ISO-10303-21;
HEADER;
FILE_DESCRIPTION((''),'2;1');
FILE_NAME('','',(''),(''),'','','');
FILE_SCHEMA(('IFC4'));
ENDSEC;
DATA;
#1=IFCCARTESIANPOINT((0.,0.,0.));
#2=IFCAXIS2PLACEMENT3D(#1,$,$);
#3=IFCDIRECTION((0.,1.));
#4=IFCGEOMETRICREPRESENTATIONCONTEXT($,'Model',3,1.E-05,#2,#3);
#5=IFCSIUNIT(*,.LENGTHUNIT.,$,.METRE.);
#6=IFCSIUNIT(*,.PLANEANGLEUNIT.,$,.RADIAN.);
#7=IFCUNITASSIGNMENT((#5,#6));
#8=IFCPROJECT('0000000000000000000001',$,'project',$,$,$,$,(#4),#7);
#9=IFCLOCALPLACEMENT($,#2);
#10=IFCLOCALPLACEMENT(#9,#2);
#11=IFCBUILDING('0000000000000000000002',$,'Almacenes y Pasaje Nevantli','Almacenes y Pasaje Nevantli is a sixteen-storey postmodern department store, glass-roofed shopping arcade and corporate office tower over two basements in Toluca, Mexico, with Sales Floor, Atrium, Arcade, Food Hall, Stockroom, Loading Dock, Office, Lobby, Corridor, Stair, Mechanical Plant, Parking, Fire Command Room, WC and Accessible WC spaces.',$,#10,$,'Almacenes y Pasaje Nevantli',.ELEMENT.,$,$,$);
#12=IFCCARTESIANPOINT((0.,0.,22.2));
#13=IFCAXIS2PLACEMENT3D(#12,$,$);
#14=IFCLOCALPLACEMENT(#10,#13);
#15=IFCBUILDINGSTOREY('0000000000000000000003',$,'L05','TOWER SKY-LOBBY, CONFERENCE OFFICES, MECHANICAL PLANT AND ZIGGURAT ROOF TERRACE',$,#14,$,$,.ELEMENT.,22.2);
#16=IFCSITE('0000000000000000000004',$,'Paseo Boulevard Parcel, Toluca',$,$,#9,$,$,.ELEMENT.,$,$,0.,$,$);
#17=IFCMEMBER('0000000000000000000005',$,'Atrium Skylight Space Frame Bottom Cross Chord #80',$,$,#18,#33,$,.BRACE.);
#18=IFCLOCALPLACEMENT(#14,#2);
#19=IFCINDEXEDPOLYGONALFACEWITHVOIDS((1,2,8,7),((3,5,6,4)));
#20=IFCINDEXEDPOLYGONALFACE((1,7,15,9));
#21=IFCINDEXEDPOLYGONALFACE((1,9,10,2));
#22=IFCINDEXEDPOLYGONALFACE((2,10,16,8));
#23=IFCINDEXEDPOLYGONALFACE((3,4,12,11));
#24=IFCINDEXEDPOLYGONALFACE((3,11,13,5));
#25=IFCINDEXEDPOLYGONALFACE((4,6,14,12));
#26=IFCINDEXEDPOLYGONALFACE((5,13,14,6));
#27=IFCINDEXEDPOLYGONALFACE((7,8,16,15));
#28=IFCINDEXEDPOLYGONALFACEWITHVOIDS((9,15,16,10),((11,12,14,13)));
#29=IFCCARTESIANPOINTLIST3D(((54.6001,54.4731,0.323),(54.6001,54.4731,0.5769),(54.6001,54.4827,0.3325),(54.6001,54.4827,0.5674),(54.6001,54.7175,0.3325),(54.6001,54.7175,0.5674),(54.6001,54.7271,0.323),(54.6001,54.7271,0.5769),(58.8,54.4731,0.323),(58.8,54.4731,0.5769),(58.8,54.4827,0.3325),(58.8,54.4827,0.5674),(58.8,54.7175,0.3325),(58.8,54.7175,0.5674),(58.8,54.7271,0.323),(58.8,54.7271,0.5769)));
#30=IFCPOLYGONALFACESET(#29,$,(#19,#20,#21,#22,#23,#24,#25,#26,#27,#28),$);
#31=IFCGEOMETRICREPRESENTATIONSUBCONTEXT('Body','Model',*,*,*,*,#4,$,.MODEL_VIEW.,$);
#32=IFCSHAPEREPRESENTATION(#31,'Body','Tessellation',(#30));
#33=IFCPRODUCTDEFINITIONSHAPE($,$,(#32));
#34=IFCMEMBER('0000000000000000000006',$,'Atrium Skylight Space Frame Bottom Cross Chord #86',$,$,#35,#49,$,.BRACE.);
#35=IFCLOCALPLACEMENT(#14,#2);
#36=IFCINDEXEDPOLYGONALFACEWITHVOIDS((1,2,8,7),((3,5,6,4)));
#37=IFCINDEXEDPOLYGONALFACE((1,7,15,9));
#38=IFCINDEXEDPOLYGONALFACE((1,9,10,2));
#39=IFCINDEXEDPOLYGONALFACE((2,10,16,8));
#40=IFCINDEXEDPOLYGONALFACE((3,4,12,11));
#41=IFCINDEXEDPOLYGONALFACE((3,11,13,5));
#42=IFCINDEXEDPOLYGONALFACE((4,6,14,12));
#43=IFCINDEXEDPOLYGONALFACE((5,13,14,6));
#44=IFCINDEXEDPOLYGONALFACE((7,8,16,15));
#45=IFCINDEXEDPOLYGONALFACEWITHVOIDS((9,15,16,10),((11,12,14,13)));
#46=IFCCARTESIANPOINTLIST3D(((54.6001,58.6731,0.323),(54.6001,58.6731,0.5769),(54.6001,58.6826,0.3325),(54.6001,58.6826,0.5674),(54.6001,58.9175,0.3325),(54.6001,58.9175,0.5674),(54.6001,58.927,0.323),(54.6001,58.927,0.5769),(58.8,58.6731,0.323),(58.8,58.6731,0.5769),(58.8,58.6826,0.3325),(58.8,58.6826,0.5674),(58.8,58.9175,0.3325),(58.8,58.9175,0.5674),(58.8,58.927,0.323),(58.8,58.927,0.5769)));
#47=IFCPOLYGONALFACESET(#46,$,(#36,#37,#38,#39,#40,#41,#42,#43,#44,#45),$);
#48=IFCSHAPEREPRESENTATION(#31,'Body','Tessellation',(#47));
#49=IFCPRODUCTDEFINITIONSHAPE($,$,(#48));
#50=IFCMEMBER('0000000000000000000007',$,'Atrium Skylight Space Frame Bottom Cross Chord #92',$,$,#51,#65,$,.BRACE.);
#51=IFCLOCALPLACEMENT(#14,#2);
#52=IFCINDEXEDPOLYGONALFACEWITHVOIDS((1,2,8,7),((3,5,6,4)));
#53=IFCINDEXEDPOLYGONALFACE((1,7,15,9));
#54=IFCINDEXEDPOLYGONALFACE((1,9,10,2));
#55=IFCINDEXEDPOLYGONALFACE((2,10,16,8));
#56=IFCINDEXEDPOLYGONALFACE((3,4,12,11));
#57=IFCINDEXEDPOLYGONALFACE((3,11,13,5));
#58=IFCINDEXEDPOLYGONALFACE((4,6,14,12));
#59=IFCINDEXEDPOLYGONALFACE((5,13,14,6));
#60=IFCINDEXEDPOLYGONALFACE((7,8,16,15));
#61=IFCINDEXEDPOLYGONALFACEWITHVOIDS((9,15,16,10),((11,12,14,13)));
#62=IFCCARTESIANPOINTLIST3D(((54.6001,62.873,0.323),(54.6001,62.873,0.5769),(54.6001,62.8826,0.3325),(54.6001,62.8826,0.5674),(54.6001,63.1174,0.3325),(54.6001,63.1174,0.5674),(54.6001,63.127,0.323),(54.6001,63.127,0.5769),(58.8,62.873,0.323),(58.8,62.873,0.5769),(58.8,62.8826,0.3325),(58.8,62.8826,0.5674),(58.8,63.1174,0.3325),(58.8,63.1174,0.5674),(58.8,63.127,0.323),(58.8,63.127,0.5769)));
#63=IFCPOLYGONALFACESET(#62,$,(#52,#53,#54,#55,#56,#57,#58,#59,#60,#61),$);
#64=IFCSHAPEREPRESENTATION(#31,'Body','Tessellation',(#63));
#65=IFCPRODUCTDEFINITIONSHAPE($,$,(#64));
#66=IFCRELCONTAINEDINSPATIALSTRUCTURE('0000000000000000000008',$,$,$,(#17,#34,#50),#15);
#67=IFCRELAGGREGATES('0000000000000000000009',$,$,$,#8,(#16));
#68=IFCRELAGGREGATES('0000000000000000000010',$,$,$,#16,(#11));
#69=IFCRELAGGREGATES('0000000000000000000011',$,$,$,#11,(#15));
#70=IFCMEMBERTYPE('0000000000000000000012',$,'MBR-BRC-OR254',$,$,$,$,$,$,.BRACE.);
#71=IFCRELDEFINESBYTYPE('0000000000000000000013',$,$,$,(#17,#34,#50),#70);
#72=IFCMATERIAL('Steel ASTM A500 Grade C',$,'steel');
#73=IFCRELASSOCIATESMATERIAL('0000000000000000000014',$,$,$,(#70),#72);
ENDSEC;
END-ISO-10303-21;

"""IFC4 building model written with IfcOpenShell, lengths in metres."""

from ifc_helpers import new_model, si_unit, direction, frame, origin, origin_2d, place, context, subcontext, project, spatial, hollow_rectangle, extrude, material, material_profile, profile_set, type_object, element, save


model = new_model("IFC4")

# Units and contexts
model_context = context("Model", 3, precision=1e-05, world=origin(), true_north=direction((0.0, 1.0)))
body_context = subcontext(model_context, "Body", "Model", "MODEL_VIEW")
ifc_project = project(units=[si_unit("LENGTHUNIT", "METRE"), si_unit("PLANEANGLEUNIT", "RADIAN")], contexts=[model_context])

# Site, building, storey
site_placement = place(None, origin())
site = spatial("IfcSite", under=ifc_project, at=site_placement, Name="Paseo Boulevard Parcel, Toluca", CompositionType="ELEMENT", RefElevation=0.0)
building_placement = place(site_placement, origin())
building = spatial("IfcBuilding", under=site, at=building_placement, Name="Almacenes y Pasaje Nevantli", Description="Almacenes y Pasaje Nevantli is a sixteen-storey postmodern department store, glass-roofed shopping arcade and corporate office tower over two basements in Toluca, Mexico, with Sales Floor, Atrium, Arcade, Food Hall, Stockroom, Loading Dock, Office, Lobby, Corridor, Stair, Mechanical Plant, Parking, Fire Command Room, WC and Accessible WC spaces.", LongName="Almacenes y Pasaje Nevantli", CompositionType="ELEMENT")
storey_placement = place(building_placement, frame((0.0, 0.0, 22.2)))
storey = spatial("IfcBuildingStorey", under=building, at=storey_placement, Name="L05", Description="TOWER SKY-LOBBY, CONFERENCE OFFICES, MECHANICAL PLANT AND ZIGGURAT ROOF TERRACE", CompositionType="ELEMENT", Elevation=22.2)

# Members
ifc_material_1 = material(Name="Steel ASTM A500 Grade C", Category="steel")
ifc_material_profile_1 = material_profile(ifc_material_1, hollow_rectangle(XDim=0.2539, YDim=0.2539, WallThickness=0.0095, at=origin_2d()), Name="OR 254x254x9.5")
ifc_profile_set_1 = profile_set([ifc_material_profile_1], Name="Steel ASTM A500 Grade C")
member_type_1 = type_object("IfcMemberType", Name="MBR-BRC-OR254", PredefinedType="BRACE", material=ifc_profile_set_1)
for number, where, z_axis, x_axis, name in (
    (1, (54.6001, 54.6001, 0.45), (1.0, 0.0, 0.0), (0.0, 1.0, 0.0), "Atrium Skylight Space Frame Bottom Cross Chord #80"),
    (2, (54.6001, 58.8, 0.45), (1.0, 0.0, 0.0), (0.0, 1.0, 0.0), "Atrium Skylight Space Frame Bottom Cross Chord #86"),
    (3, (54.6001, 63.0, 0.45), (1.0, 0.0, 0.0), (0.0, 1.0, 0.0), "Atrium Skylight Space Frame Bottom Cross Chord #92"),
):
    element("IfcMember", number, at=place(storey_placement, frame(where, z_axis=z_axis, x_axis=x_axis)), inside=storey, type_object=member_type_1, Name=name, PredefinedType="BRACE", context=body_context, shape_type="SweptSolid", body=[
        extrude(hollow_rectangle(XDim=0.2539, YDim=0.2539, WallThickness=0.0095, at=origin_2d()), origin(), (0.0, 0.0, 1.0), 4.2),
    ])

save(model, "model.ifc")
